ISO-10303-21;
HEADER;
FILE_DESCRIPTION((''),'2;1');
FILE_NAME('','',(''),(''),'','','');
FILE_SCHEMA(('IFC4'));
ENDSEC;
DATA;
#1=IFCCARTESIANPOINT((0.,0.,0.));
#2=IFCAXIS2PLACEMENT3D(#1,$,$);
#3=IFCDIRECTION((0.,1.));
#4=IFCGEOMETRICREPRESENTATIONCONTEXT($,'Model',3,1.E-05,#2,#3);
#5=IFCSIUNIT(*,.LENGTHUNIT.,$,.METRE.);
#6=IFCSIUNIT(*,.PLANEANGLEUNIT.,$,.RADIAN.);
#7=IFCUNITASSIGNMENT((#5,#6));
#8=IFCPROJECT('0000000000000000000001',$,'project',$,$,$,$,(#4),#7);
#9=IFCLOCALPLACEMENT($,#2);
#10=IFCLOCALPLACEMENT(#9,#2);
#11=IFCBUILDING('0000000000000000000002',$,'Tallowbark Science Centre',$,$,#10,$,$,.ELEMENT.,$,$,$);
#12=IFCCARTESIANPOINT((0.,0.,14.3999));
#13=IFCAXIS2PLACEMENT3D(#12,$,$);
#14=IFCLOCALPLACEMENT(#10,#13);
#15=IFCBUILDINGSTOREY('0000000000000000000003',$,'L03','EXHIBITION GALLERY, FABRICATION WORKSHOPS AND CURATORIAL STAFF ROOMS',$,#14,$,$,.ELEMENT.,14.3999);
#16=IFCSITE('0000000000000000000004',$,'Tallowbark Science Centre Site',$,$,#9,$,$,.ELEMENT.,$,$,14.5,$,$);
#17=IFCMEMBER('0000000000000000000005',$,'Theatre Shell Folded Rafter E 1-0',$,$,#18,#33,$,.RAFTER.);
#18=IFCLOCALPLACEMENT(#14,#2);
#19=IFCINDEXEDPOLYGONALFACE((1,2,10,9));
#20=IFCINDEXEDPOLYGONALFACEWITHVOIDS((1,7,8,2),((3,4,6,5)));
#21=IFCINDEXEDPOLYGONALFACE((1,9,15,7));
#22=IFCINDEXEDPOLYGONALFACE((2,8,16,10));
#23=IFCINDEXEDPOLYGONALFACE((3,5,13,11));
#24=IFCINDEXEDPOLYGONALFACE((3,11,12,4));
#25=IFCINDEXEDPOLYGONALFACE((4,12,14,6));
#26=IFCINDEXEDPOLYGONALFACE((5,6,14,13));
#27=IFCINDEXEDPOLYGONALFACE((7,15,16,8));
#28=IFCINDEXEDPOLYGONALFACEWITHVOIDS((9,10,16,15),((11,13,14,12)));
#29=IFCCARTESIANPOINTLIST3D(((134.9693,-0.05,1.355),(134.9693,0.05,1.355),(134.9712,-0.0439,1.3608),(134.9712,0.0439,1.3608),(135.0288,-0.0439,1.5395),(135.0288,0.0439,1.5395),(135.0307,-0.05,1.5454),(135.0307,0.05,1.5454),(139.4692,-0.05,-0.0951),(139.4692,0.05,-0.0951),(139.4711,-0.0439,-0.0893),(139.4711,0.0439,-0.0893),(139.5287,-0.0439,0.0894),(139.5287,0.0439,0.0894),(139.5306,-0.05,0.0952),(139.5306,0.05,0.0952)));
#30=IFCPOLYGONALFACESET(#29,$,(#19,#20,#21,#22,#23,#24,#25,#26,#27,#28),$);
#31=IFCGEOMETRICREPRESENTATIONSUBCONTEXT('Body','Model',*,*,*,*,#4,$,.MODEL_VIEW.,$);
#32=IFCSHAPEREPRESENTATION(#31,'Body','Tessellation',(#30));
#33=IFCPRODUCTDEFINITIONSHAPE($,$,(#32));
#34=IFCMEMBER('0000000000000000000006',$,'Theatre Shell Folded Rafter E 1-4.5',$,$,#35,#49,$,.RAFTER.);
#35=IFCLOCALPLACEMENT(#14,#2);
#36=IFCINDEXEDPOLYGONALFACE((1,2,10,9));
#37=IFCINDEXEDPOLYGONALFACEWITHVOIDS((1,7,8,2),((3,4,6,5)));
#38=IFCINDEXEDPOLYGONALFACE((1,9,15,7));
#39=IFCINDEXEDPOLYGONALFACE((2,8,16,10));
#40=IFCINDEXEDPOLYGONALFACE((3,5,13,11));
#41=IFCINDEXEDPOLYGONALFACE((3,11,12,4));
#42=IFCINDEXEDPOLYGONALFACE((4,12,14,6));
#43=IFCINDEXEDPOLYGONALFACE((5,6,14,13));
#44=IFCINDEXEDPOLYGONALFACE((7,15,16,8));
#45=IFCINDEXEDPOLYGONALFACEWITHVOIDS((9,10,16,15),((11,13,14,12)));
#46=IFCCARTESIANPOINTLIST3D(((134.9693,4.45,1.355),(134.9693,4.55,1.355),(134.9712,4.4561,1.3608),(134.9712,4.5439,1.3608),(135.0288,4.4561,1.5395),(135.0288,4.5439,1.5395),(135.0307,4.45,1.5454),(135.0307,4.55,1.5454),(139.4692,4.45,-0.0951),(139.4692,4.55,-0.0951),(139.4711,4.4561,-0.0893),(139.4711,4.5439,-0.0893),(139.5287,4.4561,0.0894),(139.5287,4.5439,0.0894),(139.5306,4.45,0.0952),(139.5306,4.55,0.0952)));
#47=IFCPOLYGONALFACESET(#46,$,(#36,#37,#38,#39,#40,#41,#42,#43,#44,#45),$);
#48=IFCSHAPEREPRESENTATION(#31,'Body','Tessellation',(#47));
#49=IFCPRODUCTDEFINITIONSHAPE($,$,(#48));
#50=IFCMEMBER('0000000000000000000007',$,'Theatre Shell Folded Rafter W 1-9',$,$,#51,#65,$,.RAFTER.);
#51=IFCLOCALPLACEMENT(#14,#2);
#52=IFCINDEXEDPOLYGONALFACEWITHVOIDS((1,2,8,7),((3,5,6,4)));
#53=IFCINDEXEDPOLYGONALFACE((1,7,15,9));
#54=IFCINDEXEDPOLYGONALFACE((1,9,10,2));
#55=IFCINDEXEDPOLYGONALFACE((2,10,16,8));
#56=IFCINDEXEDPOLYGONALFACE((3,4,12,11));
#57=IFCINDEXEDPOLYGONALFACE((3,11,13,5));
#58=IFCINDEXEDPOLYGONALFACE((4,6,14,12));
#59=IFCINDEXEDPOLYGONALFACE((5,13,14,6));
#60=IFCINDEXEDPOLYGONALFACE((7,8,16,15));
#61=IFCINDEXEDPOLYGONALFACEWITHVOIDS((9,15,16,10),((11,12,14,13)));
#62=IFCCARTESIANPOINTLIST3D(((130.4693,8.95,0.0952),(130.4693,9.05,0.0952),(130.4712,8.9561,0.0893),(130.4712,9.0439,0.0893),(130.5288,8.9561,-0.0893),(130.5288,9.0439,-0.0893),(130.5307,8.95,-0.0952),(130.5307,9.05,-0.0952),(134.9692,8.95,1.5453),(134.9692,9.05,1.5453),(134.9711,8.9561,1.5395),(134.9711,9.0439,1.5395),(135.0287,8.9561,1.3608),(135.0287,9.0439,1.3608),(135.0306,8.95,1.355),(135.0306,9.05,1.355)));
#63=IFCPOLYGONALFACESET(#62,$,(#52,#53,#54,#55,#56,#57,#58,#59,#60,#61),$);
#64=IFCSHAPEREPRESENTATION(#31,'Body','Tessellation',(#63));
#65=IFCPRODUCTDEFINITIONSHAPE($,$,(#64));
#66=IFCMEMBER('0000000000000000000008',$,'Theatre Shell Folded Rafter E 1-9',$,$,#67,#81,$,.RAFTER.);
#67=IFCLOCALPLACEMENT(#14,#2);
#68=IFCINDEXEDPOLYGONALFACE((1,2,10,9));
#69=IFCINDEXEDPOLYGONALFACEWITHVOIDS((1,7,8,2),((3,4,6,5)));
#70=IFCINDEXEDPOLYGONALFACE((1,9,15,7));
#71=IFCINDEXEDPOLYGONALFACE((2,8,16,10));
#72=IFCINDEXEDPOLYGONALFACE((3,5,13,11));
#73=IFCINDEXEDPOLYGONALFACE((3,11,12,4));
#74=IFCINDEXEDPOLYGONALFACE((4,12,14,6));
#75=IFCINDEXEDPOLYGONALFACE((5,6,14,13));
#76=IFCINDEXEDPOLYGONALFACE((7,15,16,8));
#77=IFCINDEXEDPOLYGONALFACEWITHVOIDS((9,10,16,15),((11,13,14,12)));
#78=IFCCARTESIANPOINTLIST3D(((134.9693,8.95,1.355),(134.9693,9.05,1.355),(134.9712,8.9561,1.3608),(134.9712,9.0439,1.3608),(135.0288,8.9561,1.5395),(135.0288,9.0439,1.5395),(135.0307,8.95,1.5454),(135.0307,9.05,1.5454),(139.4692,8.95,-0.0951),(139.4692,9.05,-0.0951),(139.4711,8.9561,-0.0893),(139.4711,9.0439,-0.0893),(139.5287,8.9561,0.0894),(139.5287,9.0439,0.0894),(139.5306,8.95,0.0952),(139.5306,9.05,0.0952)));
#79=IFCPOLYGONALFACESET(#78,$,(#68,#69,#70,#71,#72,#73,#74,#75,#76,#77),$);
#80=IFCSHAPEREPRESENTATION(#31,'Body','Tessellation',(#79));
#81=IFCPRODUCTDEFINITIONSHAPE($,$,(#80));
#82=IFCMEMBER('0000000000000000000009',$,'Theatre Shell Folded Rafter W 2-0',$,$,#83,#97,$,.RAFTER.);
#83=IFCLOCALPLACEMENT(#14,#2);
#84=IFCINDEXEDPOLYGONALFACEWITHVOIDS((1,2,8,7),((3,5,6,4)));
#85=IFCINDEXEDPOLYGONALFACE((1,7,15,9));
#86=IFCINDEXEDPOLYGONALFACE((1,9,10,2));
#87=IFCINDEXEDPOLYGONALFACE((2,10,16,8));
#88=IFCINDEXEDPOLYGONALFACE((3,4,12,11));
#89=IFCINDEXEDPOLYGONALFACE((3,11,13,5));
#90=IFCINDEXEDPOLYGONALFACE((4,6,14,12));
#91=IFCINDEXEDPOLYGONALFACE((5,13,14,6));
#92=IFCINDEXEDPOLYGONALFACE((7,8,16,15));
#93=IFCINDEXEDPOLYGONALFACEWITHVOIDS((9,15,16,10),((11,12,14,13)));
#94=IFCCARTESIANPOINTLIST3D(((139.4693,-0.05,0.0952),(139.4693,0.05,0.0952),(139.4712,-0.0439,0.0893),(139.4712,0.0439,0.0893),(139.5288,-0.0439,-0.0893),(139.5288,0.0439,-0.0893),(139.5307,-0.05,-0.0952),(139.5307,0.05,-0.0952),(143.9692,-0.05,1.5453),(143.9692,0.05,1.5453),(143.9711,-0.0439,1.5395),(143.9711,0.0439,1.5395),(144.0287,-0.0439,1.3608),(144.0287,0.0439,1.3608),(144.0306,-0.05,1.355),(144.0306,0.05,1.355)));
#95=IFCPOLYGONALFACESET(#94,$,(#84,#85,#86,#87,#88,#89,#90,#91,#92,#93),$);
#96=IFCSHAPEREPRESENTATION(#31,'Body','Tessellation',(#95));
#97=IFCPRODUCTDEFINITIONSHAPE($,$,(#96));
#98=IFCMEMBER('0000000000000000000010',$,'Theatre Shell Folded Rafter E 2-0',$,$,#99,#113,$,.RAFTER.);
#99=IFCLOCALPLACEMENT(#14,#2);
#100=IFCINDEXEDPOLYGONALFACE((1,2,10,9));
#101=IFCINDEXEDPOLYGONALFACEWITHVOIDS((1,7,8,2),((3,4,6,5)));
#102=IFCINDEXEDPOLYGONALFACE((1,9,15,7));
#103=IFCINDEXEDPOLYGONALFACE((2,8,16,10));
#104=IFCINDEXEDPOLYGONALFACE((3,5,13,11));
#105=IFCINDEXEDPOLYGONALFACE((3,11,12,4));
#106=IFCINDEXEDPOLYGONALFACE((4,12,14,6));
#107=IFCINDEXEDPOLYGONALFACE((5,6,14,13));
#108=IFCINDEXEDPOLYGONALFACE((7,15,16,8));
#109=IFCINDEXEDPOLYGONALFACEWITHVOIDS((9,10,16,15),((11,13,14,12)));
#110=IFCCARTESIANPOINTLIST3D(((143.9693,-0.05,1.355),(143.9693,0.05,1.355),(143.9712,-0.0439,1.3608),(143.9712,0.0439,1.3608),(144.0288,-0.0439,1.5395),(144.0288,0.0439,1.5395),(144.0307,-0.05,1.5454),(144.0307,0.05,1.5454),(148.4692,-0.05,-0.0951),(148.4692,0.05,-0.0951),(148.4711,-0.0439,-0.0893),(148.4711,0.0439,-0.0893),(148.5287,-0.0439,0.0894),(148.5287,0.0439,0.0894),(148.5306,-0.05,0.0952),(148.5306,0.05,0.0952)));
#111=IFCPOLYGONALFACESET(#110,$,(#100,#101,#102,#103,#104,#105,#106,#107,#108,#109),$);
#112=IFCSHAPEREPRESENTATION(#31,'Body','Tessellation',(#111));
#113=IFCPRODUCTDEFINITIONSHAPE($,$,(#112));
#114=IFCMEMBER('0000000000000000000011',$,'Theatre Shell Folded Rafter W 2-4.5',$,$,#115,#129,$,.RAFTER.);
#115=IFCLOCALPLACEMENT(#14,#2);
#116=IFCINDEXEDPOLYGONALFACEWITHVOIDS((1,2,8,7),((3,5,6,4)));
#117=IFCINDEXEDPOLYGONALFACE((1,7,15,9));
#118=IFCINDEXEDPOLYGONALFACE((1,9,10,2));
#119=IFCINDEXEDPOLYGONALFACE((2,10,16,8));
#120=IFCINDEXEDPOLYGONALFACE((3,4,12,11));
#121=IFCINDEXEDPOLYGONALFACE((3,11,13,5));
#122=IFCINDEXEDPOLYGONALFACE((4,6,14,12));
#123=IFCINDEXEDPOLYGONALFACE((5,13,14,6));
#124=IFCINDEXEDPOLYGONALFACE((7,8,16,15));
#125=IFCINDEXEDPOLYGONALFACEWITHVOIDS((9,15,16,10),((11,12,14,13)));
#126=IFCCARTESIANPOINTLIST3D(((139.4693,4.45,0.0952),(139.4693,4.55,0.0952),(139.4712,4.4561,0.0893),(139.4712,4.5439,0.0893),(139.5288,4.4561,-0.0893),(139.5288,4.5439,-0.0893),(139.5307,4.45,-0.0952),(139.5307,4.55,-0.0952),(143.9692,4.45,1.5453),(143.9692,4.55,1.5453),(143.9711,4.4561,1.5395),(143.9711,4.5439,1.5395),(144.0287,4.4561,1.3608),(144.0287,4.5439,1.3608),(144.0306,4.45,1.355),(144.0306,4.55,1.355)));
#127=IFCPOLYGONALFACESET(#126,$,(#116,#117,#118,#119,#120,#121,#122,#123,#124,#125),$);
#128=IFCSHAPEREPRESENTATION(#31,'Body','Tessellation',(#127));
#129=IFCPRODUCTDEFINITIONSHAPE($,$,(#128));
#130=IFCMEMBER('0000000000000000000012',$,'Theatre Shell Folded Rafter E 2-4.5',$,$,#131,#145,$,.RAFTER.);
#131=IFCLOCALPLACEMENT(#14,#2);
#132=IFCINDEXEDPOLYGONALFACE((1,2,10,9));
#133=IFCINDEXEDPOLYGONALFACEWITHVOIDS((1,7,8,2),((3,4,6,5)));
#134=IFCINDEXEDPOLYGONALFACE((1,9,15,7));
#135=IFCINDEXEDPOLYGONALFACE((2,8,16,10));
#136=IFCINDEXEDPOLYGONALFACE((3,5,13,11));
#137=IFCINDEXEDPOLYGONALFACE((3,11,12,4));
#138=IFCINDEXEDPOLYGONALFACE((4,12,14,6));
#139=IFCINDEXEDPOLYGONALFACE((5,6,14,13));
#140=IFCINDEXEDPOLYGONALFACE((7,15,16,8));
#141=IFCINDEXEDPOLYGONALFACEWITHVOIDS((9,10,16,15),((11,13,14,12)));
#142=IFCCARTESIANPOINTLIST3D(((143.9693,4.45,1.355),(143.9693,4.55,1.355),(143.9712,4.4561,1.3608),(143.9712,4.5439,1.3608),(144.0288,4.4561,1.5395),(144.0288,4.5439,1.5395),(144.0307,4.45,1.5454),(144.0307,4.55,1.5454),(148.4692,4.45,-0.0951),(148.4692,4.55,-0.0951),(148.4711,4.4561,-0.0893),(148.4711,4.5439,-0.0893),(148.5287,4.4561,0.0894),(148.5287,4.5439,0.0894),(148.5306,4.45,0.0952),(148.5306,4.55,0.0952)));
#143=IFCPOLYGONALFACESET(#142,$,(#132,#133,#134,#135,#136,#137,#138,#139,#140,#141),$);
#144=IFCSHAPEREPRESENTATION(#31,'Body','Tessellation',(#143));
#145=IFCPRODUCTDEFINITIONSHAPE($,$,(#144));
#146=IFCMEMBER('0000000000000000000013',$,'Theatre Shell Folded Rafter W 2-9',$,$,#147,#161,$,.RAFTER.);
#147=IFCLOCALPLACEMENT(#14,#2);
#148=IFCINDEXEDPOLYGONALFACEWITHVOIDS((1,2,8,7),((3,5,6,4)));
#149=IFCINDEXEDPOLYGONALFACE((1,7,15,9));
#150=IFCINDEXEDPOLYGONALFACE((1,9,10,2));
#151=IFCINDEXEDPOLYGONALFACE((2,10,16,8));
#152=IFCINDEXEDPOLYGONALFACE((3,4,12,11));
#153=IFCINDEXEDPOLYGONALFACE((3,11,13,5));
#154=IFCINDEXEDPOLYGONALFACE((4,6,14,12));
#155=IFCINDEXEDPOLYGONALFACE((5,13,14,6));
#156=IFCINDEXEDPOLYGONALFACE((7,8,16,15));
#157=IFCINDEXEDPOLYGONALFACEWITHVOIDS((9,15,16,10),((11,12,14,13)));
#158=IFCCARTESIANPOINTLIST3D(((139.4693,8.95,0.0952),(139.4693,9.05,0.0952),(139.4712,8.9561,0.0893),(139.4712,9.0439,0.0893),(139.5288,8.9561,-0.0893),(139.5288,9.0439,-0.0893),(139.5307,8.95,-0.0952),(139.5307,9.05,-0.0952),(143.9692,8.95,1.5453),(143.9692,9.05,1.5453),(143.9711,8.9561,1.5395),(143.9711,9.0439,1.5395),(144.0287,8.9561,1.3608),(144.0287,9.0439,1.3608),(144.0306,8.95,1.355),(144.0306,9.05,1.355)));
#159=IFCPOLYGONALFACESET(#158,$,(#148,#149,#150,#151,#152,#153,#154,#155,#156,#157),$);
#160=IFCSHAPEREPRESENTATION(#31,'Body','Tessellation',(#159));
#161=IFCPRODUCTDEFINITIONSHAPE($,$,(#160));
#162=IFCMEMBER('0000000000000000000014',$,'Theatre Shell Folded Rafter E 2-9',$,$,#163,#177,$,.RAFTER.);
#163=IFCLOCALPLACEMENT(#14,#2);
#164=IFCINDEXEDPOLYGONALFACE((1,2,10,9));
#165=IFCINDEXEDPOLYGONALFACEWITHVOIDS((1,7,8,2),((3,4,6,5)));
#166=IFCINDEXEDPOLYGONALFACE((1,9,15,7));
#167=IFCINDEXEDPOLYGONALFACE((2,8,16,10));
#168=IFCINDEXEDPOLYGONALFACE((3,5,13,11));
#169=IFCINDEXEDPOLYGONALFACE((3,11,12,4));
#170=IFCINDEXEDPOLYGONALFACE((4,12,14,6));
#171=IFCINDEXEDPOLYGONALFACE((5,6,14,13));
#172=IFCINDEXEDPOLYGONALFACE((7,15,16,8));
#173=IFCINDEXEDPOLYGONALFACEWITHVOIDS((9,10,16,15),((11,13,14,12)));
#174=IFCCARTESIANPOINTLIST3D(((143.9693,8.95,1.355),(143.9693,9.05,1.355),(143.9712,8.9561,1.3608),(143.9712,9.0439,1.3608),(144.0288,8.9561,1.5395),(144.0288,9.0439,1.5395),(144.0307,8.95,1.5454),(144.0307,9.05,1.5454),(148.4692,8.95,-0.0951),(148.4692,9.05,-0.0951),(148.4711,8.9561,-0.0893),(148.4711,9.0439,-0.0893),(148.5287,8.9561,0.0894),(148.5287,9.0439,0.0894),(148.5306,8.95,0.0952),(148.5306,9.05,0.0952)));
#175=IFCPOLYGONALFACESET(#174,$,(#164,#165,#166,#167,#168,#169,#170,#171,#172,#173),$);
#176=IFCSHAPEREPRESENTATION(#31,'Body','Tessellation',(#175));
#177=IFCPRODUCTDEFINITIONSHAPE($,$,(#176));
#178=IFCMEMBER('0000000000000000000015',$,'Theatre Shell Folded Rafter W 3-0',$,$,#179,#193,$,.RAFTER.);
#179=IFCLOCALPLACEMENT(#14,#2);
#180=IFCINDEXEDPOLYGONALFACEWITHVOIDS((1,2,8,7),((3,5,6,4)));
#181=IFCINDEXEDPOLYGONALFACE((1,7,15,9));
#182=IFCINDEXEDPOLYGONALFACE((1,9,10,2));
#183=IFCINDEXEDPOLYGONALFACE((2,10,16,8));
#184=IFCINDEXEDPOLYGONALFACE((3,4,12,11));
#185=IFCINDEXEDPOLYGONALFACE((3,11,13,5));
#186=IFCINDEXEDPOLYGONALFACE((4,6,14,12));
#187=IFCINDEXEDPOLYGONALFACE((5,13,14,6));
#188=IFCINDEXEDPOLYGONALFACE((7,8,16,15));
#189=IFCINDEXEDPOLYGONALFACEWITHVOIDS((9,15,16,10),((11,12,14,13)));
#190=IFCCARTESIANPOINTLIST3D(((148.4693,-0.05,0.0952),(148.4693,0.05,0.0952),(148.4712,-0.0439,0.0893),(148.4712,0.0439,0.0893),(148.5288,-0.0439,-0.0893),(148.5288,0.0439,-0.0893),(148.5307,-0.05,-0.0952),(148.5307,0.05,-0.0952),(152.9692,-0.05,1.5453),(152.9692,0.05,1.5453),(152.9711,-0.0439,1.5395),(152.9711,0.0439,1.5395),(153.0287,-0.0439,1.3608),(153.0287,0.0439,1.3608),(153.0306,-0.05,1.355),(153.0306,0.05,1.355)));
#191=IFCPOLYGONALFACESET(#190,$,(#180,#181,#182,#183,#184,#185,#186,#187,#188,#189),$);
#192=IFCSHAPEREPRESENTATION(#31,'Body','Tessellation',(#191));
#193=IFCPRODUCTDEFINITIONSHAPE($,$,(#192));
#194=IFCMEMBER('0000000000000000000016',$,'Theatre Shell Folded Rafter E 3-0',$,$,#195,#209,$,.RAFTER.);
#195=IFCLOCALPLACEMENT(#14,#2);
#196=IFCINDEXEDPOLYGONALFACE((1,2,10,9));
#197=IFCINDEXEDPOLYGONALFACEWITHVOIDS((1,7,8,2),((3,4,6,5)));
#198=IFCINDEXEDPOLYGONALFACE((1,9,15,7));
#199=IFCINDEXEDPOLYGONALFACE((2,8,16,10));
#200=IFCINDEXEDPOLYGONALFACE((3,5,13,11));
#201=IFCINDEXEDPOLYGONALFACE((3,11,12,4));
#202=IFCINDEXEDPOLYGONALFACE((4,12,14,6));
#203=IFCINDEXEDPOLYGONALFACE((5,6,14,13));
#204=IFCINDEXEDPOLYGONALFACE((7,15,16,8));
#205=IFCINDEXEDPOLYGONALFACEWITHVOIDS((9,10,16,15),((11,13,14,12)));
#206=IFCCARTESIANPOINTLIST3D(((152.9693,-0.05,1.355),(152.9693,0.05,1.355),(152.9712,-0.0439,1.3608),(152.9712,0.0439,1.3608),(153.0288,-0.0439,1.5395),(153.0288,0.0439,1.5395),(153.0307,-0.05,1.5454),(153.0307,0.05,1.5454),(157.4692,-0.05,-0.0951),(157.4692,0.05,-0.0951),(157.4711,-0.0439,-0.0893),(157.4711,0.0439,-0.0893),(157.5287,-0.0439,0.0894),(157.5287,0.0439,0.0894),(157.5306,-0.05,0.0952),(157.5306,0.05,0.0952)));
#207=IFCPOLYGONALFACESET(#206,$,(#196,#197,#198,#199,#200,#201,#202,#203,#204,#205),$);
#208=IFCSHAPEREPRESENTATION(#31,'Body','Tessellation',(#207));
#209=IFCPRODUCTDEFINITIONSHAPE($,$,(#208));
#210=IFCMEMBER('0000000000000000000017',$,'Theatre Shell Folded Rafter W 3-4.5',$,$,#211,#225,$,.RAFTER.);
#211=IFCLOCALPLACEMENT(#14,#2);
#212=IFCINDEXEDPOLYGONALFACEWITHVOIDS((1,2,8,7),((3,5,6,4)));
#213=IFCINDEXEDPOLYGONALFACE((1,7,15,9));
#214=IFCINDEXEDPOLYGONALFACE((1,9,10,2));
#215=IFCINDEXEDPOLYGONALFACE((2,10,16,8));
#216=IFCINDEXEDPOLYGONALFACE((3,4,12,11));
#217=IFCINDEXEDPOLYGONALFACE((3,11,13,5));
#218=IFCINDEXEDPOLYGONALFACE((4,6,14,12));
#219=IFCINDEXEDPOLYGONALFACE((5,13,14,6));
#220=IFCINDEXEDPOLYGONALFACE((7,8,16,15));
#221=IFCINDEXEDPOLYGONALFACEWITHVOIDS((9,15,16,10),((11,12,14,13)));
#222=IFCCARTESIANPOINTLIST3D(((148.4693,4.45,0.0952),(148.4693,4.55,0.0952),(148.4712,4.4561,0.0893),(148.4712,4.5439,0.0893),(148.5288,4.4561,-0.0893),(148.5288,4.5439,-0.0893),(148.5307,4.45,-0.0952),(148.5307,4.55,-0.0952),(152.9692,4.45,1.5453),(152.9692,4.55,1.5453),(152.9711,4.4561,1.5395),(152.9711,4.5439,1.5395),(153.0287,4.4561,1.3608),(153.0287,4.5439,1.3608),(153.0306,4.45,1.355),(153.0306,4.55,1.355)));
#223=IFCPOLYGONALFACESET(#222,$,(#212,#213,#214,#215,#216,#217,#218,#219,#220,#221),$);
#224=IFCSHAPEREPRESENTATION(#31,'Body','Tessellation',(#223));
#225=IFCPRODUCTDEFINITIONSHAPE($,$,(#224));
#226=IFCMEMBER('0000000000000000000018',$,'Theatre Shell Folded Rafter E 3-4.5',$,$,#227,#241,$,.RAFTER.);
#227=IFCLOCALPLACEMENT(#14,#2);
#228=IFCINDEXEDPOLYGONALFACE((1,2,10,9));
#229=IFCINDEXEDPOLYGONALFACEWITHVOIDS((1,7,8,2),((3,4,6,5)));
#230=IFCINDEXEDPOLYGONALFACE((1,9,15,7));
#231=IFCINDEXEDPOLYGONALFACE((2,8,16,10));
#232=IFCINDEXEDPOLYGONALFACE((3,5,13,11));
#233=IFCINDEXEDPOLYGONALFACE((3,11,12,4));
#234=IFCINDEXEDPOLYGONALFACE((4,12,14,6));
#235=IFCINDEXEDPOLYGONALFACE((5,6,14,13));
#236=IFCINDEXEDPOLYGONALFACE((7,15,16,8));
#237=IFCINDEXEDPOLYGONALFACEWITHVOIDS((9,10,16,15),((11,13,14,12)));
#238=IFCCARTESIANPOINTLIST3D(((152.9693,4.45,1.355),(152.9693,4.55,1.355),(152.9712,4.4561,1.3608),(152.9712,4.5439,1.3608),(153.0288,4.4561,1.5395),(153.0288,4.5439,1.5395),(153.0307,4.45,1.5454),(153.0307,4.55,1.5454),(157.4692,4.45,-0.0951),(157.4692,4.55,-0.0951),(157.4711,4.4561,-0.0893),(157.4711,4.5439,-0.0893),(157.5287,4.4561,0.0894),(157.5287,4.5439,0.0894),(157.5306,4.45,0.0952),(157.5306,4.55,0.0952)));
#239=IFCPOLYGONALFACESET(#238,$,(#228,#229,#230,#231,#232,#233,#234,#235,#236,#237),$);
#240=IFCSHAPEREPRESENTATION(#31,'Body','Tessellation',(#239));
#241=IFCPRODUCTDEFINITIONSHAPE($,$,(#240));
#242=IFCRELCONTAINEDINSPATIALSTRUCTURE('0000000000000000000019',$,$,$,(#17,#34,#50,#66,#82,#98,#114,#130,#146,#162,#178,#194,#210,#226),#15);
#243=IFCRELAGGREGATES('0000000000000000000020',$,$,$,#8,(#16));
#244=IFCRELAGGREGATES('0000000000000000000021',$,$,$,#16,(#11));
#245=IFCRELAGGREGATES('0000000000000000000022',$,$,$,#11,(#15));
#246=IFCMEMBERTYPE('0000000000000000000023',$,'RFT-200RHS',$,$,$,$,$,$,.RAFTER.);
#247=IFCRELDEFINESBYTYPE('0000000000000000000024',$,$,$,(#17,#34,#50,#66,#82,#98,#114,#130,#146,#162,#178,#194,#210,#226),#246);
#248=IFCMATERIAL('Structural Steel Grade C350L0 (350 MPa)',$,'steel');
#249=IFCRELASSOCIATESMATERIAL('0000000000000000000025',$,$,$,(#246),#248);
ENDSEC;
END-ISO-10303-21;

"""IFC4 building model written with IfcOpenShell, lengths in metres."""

from ifc_helpers import new_model, si_unit, direction, frame, origin, origin_2d, place, context, subcontext, project, spatial, hollow_rectangle, extrude, material, material_profile, profile_set, type_object, element, save


model = new_model("IFC4")

# Units and contexts
model_context = context("Model", 3, precision=1e-05, world=origin(), true_north=direction((0.0, 1.0)))
body_context = subcontext(model_context, "Body", "Model", "MODEL_VIEW")
ifc_project = project(units=[si_unit("LENGTHUNIT", "METRE"), si_unit("PLANEANGLEUNIT", "RADIAN")], contexts=[model_context])

# Site, building, storey
site_placement = place(None, origin())
site = spatial("IfcSite", under=ifc_project, at=site_placement, Name="Tallowbark Science Centre Site", CompositionType="ELEMENT", RefElevation=14.5)
building_placement = place(site_placement, origin())
building = spatial("IfcBuilding", under=site, at=building_placement, Name="Tallowbark Science Centre", CompositionType="ELEMENT")
storey_placement = place(building_placement, frame((0.0, 0.0, 14.3999)))
storey = spatial("IfcBuildingStorey", under=building, at=storey_placement, Name="L03", Description="EXHIBITION GALLERY, FABRICATION WORKSHOPS AND CURATORIAL STAFF ROOMS", CompositionType="ELEMENT", Elevation=14.3999)

# Members
ifc_material_1 = material(Name="Structural Steel Grade C350L0 (350 MPa)", Category="steel")
ifc_material_profile_1 = material_profile(ifc_material_1, hollow_rectangle(XDim=0.1001, YDim=0.2, WallThickness=0.0061, at=origin_2d()), Name="200x100x6.0RHS")
ifc_profile_set_1 = profile_set([ifc_material_profile_1], Name="Structural Steel Grade C350L0 (350 MPa)")
member_type = type_object("IfcMemberType", Name="RFT-200RHS", PredefinedType="RAFTER", material=ifc_profile_set_1)
for number, where, z_axis, x_axis, name in (
    (1, (135.0, 0.0, 1.4502), (0.951796, 0.0, -0.306731), (0.0, 1.0, 0.0), "Theatre Shell Folded Rafter E 1-0"),
    (2, (135.0, 4.5, 1.4502), (0.951796, 0.0, -0.306731), (0.0, 1.0, 0.0), "Theatre Shell Folded Rafter E 1-4.5"),
    (3, (130.5, 9.0, 0.0), (0.951796, 0.0, 0.306731), (0.0, 1.0, 0.0), "Theatre Shell Folded Rafter W 1-9"),
    (4, (135.0, 9.0, 1.4502), (0.951796, 0.0, -0.306731), (0.0, 1.0, 0.0), "Theatre Shell Folded Rafter E 1-9"),
    (5, (139.5, 0.0, 0.0), (0.951796, 0.0, 0.306731), (0.0, 1.0, 0.0), "Theatre Shell Folded Rafter W 2-0"),
    (6, (144.0, 0.0, 1.4502), (0.951796, 0.0, -0.306731), (0.0, 1.0, 0.0), "Theatre Shell Folded Rafter E 2-0"),
    (7, (139.5, 4.5, 0.0), (0.951796, 0.0, 0.306731), (0.0, 1.0, 0.0), "Theatre Shell Folded Rafter W 2-4.5"),
    (8, (144.0, 4.5, 1.4502), (0.951796, 0.0, -0.306731), (0.0, 1.0, 0.0), "Theatre Shell Folded Rafter E 2-4.5"),
    (9, (139.5, 9.0, 0.0), (0.951796, 0.0, 0.306731), (0.0, 1.0, 0.0), "Theatre Shell Folded Rafter W 2-9"),
    (10, (144.0, 9.0, 1.4502), (0.951796, 0.0, -0.306731), (0.0, 1.0, 0.0), "Theatre Shell Folded Rafter E 2-9"),
    (11, (148.5, 0.0, 0.0), (0.951796, 0.0, 0.306731), (0.0, 1.0, 0.0), "Theatre Shell Folded Rafter W 3-0"),
    (12, (153.0, 0.0, 1.4502), (0.951796, 0.0, -0.306731), (0.0, 1.0, 0.0), "Theatre Shell Folded Rafter E 3-0"),
    (13, (148.5, 4.5, 0.0), (0.951796, 0.0, 0.306731), (0.0, 1.0, 0.0), "Theatre Shell Folded Rafter W 3-4.5"),
    (14, (153.0, 4.5, 1.4502), (0.951796, 0.0, -0.306731), (0.0, 1.0, 0.0), "Theatre Shell Folded Rafter E 3-4.5"),
):
    element("IfcMember", number, at=place(storey_placement, frame(where, z_axis=z_axis, x_axis=x_axis)), inside=storey, type_object=member_type, Name=name, PredefinedType="RAFTER", context=body_context, shape_type="SweptSolid", body=[
        extrude(hollow_rectangle(XDim=0.1001, YDim=0.2, WallThickness=0.0061, at=origin_2d()), origin(), (0.0, 0.0, 1.0), 4.7278),
    ])

save(model, "model.ifc")
